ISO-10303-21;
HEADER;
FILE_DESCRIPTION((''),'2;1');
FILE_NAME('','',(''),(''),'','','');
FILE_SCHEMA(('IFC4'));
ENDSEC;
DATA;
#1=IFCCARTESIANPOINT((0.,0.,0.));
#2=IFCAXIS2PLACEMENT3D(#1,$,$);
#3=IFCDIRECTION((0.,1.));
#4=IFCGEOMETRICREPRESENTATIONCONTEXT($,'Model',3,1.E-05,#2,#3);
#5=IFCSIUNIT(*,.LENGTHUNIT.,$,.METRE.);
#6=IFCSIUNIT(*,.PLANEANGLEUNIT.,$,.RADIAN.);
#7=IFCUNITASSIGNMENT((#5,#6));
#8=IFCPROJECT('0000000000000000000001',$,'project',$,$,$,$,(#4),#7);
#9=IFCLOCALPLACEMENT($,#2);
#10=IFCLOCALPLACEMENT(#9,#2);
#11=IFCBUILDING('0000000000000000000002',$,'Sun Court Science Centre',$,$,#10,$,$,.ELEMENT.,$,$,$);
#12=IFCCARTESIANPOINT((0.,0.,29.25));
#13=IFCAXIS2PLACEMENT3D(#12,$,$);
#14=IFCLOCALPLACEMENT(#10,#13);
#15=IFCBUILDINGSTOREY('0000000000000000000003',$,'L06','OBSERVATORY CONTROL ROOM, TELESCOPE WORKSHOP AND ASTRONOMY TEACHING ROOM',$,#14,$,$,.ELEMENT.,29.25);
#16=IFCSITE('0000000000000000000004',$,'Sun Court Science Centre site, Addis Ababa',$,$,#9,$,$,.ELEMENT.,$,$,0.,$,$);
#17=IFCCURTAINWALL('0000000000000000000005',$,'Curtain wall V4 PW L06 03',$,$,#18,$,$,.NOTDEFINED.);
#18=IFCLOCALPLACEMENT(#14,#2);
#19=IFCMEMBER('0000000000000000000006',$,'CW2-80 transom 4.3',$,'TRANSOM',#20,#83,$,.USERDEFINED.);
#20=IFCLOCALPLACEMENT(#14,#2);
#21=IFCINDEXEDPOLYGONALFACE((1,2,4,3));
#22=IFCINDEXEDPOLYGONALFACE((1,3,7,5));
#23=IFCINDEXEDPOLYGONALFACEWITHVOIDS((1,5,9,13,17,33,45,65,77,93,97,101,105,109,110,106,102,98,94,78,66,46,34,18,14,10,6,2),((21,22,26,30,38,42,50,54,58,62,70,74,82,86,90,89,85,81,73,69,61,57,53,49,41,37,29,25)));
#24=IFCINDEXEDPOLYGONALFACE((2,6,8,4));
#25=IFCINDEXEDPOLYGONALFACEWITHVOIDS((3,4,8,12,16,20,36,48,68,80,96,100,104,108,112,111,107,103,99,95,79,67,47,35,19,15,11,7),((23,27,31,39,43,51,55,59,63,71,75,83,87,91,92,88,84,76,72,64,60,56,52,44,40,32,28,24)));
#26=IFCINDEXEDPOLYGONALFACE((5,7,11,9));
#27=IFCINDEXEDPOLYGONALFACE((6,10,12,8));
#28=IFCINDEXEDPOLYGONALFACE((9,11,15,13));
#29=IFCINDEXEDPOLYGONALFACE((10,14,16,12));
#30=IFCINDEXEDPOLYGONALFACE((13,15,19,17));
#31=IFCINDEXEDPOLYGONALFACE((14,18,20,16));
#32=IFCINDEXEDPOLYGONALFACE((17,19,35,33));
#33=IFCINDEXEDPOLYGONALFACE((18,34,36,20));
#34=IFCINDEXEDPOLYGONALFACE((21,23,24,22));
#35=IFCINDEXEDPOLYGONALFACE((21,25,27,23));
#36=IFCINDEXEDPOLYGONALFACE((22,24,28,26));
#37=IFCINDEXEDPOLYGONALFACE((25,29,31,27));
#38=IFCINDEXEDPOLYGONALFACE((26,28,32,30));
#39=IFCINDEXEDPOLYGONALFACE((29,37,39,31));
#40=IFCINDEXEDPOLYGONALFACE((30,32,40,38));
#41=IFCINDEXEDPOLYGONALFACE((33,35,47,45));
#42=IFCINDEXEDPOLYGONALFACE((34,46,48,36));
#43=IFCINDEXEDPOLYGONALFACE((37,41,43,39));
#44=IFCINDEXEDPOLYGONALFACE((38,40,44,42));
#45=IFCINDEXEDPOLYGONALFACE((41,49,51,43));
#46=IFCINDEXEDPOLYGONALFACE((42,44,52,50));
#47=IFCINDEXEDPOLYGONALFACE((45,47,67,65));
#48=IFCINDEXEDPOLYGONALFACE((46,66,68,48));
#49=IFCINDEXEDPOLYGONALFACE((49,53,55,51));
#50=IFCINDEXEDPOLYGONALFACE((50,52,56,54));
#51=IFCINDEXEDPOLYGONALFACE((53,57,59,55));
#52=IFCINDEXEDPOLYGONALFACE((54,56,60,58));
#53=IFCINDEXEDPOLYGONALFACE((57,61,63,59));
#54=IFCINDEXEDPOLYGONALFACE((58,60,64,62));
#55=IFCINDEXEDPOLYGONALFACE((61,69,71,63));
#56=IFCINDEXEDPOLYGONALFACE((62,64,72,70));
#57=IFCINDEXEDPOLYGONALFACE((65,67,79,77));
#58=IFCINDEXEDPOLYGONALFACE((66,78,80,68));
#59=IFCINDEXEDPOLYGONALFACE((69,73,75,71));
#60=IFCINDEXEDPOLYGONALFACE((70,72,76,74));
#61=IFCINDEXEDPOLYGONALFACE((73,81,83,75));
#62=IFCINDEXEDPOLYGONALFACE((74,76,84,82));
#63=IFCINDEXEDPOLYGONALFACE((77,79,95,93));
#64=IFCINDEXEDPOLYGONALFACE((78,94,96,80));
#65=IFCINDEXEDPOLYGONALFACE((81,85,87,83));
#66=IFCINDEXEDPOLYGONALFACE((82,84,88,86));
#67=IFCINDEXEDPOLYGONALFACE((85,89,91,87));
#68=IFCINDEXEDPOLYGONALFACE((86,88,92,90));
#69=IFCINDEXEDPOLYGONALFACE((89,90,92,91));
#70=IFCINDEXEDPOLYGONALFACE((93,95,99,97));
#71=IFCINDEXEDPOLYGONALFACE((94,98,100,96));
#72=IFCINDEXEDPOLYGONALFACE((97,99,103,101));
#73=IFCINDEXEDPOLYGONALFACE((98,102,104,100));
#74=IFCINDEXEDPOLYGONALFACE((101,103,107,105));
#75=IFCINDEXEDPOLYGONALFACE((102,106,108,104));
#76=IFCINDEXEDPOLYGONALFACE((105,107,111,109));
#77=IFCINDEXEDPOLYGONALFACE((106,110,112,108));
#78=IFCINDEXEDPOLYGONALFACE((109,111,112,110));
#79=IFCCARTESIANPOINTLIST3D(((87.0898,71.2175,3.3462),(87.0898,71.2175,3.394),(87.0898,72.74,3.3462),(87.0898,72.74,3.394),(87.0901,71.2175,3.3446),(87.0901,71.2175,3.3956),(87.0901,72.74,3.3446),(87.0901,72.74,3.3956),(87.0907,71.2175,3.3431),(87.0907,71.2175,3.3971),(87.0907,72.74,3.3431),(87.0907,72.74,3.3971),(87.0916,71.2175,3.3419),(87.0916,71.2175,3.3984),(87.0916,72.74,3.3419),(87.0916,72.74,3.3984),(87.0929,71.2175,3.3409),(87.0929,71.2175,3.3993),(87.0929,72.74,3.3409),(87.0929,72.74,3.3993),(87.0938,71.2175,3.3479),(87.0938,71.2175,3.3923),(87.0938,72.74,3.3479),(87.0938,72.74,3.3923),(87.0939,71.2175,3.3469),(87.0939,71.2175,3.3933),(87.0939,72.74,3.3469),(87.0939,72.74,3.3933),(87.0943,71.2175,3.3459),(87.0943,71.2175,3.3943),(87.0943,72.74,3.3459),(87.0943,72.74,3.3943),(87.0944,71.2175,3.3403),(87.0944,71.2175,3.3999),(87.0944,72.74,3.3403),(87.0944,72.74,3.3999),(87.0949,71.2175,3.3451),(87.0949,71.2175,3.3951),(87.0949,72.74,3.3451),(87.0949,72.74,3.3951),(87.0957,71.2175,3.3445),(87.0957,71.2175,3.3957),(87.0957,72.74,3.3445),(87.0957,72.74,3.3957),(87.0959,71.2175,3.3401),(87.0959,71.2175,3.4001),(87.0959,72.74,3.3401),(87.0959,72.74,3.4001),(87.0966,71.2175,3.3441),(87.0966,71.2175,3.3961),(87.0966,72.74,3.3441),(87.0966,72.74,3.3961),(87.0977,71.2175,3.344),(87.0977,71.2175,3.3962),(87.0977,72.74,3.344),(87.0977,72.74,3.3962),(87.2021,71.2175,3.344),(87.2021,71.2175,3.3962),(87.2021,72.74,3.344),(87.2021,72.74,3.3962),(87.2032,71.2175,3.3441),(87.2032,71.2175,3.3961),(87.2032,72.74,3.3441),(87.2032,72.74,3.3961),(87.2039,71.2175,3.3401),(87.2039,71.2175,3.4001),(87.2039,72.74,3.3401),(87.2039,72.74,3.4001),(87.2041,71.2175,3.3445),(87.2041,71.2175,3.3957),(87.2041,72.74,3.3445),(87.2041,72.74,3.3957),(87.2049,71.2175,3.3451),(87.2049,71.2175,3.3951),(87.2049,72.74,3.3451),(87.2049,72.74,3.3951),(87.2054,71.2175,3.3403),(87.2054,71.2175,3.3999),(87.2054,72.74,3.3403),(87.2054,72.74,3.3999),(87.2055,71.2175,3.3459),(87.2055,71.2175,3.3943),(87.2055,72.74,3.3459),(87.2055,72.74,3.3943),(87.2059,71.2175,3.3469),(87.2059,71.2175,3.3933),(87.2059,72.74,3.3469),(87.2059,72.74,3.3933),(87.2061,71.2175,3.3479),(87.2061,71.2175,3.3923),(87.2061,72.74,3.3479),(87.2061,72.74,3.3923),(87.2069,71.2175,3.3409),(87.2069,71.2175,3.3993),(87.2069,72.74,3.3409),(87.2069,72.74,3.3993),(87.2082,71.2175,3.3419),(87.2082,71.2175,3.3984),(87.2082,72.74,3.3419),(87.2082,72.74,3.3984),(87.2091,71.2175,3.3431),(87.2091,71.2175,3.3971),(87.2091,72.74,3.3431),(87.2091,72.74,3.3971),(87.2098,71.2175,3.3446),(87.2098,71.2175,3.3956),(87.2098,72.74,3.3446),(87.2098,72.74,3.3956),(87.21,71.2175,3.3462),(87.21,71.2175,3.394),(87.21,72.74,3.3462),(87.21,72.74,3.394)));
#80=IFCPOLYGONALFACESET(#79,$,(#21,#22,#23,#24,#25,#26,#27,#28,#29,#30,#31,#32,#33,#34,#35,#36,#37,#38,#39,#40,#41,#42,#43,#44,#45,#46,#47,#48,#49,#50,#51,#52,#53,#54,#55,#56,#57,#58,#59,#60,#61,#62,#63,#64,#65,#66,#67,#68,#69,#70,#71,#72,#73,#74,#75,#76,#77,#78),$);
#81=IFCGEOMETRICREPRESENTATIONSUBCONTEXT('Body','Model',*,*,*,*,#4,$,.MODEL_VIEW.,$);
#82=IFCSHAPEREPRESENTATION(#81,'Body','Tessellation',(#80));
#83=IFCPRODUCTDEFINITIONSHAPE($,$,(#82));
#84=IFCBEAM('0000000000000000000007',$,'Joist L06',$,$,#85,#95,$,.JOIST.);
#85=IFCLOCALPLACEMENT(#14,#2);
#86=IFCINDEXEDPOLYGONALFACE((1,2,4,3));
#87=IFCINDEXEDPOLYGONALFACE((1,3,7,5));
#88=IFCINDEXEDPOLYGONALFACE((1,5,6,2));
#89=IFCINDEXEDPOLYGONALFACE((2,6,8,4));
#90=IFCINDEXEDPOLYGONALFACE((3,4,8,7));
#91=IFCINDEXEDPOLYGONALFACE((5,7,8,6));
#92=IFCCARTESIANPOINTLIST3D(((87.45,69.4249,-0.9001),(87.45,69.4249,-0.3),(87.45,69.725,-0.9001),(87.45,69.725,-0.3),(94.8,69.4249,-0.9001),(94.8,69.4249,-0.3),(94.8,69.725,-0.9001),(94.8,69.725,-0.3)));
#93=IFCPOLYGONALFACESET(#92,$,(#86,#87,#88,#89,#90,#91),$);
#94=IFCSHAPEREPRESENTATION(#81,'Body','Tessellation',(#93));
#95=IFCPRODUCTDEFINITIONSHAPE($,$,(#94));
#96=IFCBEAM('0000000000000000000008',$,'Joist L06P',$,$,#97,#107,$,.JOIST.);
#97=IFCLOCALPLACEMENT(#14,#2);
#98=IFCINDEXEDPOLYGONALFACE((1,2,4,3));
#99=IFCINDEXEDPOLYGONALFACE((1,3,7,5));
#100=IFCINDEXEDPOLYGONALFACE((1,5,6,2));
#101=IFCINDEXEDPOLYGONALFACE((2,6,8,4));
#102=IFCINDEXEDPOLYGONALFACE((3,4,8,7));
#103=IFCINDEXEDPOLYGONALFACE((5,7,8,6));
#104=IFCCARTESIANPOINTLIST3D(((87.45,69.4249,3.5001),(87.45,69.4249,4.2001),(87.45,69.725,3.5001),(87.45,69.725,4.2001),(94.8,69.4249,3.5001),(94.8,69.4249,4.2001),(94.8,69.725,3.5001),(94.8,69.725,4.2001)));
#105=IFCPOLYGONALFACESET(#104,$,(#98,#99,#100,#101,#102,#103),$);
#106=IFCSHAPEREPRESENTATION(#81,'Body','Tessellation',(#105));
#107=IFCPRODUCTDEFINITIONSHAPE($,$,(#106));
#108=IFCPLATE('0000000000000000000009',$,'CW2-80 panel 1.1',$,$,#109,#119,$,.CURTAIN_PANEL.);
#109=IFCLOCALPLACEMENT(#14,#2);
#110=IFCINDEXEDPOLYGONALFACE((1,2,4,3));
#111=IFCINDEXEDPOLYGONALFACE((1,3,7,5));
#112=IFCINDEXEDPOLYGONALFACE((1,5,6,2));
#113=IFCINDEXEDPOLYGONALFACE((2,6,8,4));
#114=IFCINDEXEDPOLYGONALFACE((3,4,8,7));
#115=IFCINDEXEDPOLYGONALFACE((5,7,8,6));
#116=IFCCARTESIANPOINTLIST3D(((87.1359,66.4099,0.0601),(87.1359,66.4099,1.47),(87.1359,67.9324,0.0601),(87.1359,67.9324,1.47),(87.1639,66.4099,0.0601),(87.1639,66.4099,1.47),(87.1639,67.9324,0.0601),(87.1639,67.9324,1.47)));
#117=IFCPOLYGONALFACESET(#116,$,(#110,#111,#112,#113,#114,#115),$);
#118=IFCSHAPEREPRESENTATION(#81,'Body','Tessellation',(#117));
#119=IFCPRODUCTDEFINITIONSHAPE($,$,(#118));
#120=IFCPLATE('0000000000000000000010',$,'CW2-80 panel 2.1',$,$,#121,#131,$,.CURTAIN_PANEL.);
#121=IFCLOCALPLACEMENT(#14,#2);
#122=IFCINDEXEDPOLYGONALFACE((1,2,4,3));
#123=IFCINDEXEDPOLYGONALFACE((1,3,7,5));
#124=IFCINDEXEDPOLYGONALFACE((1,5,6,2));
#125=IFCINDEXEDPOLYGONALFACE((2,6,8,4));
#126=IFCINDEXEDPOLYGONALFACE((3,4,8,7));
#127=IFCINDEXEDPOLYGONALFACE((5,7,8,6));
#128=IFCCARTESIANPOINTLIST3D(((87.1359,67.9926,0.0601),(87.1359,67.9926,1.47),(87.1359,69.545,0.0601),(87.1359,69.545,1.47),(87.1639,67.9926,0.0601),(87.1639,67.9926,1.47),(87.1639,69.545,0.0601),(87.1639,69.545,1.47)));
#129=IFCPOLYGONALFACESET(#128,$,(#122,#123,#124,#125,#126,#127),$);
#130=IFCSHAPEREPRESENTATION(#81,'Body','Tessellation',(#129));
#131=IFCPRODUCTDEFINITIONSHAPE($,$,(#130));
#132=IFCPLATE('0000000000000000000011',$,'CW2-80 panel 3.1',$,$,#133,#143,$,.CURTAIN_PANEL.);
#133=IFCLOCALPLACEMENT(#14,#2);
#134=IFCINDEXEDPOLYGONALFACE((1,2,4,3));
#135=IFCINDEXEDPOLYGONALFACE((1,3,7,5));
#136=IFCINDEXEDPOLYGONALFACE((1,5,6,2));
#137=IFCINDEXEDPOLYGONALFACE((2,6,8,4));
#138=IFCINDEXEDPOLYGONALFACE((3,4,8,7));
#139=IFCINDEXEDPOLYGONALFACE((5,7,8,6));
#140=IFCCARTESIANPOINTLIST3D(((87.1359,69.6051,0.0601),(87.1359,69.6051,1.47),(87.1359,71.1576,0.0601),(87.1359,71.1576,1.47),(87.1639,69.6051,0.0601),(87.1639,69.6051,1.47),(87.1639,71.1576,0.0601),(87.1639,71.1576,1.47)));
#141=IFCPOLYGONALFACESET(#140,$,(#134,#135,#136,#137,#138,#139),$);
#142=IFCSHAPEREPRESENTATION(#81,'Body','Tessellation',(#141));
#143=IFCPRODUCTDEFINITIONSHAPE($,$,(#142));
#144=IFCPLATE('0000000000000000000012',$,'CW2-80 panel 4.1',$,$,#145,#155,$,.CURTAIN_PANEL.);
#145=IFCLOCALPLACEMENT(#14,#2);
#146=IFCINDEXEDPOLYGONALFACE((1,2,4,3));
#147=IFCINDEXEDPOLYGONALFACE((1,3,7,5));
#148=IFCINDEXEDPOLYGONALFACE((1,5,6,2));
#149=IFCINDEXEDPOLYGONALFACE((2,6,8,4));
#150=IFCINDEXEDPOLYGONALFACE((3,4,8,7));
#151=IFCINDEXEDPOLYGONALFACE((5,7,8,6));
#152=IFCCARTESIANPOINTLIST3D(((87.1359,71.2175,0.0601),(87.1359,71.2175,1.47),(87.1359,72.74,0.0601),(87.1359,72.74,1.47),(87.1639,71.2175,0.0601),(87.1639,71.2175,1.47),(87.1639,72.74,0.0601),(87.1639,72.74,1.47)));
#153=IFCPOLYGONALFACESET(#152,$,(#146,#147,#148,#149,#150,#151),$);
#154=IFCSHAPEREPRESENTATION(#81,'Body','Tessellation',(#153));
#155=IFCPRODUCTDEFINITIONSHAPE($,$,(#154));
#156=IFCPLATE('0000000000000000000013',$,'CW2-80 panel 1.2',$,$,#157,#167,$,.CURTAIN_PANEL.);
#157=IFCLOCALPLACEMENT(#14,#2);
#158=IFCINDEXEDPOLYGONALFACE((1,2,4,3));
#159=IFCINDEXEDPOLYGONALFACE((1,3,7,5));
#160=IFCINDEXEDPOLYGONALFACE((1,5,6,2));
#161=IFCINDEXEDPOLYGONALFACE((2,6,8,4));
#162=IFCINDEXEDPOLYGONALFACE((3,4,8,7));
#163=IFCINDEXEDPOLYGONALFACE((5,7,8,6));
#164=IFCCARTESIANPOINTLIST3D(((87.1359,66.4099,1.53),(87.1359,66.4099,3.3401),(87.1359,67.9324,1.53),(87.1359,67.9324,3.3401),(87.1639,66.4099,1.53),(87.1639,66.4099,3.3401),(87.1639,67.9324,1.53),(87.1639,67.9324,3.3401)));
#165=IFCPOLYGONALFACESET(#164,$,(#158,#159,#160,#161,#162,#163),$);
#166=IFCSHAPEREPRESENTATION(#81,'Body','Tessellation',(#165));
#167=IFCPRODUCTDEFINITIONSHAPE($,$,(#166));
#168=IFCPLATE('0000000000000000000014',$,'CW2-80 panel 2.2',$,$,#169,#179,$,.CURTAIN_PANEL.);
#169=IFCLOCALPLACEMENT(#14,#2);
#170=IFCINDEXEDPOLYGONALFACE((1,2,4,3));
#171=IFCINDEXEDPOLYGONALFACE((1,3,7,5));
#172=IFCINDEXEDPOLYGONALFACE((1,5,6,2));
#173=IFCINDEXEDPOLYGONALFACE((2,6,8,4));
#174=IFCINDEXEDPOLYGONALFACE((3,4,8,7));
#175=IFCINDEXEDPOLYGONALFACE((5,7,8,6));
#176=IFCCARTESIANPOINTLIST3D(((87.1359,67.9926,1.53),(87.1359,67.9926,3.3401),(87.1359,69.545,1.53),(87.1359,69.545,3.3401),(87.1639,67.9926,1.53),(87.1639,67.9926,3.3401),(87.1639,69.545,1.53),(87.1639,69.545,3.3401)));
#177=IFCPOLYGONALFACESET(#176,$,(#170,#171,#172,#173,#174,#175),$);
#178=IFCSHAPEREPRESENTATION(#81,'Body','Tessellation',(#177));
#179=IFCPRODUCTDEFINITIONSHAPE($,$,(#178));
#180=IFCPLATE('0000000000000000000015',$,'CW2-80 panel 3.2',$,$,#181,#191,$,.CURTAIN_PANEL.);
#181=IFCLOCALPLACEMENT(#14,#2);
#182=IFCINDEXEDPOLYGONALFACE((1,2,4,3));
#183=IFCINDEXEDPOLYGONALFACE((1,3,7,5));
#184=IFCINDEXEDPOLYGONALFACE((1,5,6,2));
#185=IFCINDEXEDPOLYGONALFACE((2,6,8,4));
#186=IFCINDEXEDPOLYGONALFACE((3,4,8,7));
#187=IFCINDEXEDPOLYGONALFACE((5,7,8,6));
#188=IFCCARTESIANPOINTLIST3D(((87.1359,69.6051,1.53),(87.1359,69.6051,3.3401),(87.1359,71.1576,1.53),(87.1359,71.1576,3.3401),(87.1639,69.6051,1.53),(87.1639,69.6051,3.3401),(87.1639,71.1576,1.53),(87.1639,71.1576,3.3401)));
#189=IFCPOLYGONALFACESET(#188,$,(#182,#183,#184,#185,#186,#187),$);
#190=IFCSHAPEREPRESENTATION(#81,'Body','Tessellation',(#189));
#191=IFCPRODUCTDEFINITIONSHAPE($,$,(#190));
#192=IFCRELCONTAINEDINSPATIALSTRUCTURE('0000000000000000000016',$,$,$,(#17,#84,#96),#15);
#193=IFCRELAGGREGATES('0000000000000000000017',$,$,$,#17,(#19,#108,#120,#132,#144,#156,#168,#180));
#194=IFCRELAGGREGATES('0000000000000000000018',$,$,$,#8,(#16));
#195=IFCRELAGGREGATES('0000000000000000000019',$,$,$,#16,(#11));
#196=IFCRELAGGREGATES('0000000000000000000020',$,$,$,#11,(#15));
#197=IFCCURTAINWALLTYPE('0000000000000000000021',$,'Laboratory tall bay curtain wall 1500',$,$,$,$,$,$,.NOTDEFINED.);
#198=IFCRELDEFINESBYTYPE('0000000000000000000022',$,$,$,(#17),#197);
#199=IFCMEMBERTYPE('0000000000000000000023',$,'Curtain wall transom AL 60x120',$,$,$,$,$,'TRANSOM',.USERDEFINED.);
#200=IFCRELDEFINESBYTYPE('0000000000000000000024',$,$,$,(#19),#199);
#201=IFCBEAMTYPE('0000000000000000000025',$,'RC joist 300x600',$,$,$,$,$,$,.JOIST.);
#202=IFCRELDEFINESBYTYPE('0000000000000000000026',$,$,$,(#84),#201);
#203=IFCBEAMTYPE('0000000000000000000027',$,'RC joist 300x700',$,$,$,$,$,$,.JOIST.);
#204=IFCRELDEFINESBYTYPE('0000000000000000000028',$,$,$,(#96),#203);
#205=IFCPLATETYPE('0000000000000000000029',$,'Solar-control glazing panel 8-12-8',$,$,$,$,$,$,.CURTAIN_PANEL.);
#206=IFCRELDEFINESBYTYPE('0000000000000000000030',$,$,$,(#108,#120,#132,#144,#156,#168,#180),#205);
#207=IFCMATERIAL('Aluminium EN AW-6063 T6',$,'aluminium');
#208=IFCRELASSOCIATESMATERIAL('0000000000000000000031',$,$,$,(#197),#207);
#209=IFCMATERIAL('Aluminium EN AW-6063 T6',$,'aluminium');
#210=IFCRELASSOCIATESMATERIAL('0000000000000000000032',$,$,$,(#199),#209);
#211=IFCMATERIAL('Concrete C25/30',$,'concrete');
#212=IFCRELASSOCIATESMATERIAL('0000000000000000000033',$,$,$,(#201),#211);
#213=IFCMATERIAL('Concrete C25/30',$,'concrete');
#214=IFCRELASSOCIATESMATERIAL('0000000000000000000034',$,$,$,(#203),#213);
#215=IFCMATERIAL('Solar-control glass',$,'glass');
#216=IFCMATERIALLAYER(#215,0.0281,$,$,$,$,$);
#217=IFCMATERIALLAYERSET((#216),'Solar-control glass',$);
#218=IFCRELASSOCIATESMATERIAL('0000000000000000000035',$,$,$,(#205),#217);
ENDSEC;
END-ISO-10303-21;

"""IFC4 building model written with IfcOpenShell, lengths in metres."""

from ifc_helpers import new_model, si_unit, direction, frame, origin, origin_2d, place, context, subcontext, project, spatial, rectangle, hollow_rectangle, extrude, material, layer, layer_set, material_profile, profile_set, type_object, element, aggregate, save


model = new_model("IFC4")

# Units and contexts
model_context = context("Model", 3, precision=1e-05, world=origin(), true_north=direction((0.0, 1.0)))
body_context = subcontext(model_context, "Body", "Model", "MODEL_VIEW")
ifc_project = project(units=[si_unit("LENGTHUNIT", "METRE"), si_unit("PLANEANGLEUNIT", "RADIAN")], contexts=[model_context])

# Site, building, storey
site_placement = place(None, origin())
site = spatial("IfcSite", under=ifc_project, at=site_placement, Name="Sun Court Science Centre site, Addis Ababa", CompositionType="ELEMENT", RefElevation=0.0)
building_placement = place(site_placement, origin())
building = spatial("IfcBuilding", under=site, at=building_placement, Name="Sun Court Science Centre", CompositionType="ELEMENT")
storey_placement = place(building_placement, frame((0.0, 0.0, 29.25)))
storey = spatial("IfcBuildingStorey", under=building, at=storey_placement, Name="L06", Description="OBSERVATORY CONTROL ROOM, TELESCOPE WORKSHOP AND ASTRONOMY TEACHING ROOM", CompositionType="ELEMENT", Elevation=29.25)

# Curtain wall, member
ifc_material_1 = material(Name="Aluminium EN AW-6063 T6", Category="aluminium")
curtain_wall_type = type_object("IfcCurtainWallType", Name="Laboratory tall bay curtain wall 1500", PredefinedType="NOTDEFINED", material=ifc_material_1)
curtain_wall_placement = place(storey_placement, origin())
curtain_wall = element("IfcCurtainWall", 1, at=curtain_wall_placement, inside=storey, type_object=curtain_wall_type, Name="Curtain wall V4 PW L06 03", PredefinedType="NOTDEFINED")
ifc_material_2 = material(Name="Aluminium EN AW-6063 T6", Category="aluminium")
ifc_material_profile_1 = material_profile(ifc_material_2, hollow_rectangle(XDim=0.0601, YDim=0.1201, WallThickness=0.0039, InnerFilletRadius=0.0039, OuterFilletRadius=0.0061, at=origin_2d()), Name="AL 60x120x4")
ifc_profile_set_1 = profile_set([ifc_material_profile_1], Name="Aluminium EN AW-6063 T6")
member_type_1 = type_object("IfcMemberType", Name="Curtain wall transom AL 60x120", ElementType="TRANSOM", PredefinedType="USERDEFINED", material=ifc_profile_set_1)
member_1_placement = place(storey_placement, frame((87.1499, 71.2175, 3.3701), z_axis=(0.0, 1.0, 0.0), x_axis=(0.0, 0.0, 1.0)))
member_1 = element("IfcMember", 2, at=member_1_placement, type_object=member_type_1, Name="CW2-80 transom 4.3", ObjectType="TRANSOM", PredefinedType="USERDEFINED", context=body_context, shape_type="SweptSolid", body=[
    extrude(hollow_rectangle(XDim=0.0601, YDim=0.1201, WallThickness=0.0039, InnerFilletRadius=0.0039, OuterFilletRadius=0.0061, at=origin_2d()), origin(), (0.0, 0.0, 1.0), 1.5225),
])

# Beams
ifc_material_3 = material(Name="Concrete C25/30", Category="concrete")
ifc_material_profile_2 = material_profile(ifc_material_3, rectangle(XDim=0.3, YDim=0.6001, at=origin_2d()), Name="RC 300x600")
ifc_profile_set_2 = profile_set([ifc_material_profile_2], Name="Concrete C25/30")
beam_type_1 = type_object("IfcBeamType", Name="RC joist 300x600", PredefinedType="JOIST", material=ifc_profile_set_2)
beam_1_placement = place(storey_placement, frame((87.45, 69.575, -0.6001), z_axis=(1.0, 0.0, 0.0), x_axis=(0.0, 1.0, 0.0)))
element("IfcBeam", 3, at=beam_1_placement, inside=storey, type_object=beam_type_1, Name="Joist L06", PredefinedType="JOIST", context=body_context, shape_type="SweptSolid", body=[
    extrude(rectangle(XDim=0.3, YDim=0.6001, at=origin_2d()), origin(), (0.0, 0.0, 1.0), 7.3501),
])
ifc_material_4 = material(Name="Concrete C25/30", Category="concrete")
ifc_material_profile_3 = material_profile(ifc_material_4, rectangle(XDim=0.3, YDim=0.7, at=origin_2d()), Name="RC 300x700")
ifc_profile_set_3 = profile_set([ifc_material_profile_3], Name="Concrete C25/30")
beam_type_2 = type_object("IfcBeamType", Name="RC joist 300x700", PredefinedType="JOIST", material=ifc_profile_set_3)
beam_2_placement = place(storey_placement, frame((87.45, 69.575, 3.8501), z_axis=(1.0, 0.0, 0.0), x_axis=(0.0, 1.0, 0.0)))
element("IfcBeam", 4, at=beam_2_placement, inside=storey, type_object=beam_type_2, Name="Joist L06P", PredefinedType="JOIST", context=body_context, shape_type="SweptSolid", body=[
    extrude(rectangle(XDim=0.3, YDim=0.7, at=origin_2d()), origin(), (0.0, 0.0, 1.0), 7.3501),
])

# Plates
ifc_material_5 = material(Name="Solar-control glass", Category="glass")
ifc_layer = layer(ifc_material_5, 0.0281)
ifc_layer_set = layer_set([ifc_layer], Name="Solar-control glass")
plate_type = type_object("IfcPlateType", Name="Solar-control glazing panel 8-12-8", PredefinedType="CURTAIN_PANEL", material=ifc_layer_set)
plate_1_placement = place(storey_placement, frame((87.1499, 67.1711, 0.0601), z_axis=(0.0, 0.0, 1.0), x_axis=(0.0, 1.0, 0.0)))
plate_1 = element("IfcPlate", 5, at=plate_1_placement, type_object=plate_type, Name="CW2-80 panel 1.1", PredefinedType="CURTAIN_PANEL", context=body_context, shape_type="SweptSolid", body=[
    extrude(rectangle(XDim=1.5225, YDim=0.0281, at=origin_2d()), origin(), (0.0, 0.0, 1.0), 1.4099),
])
plate_2_placement = place(storey_placement, frame((87.1499, 68.7688, 0.0601), z_axis=(0.0, 0.0, 1.0), x_axis=(0.0, 1.0, 0.0)))
plate_2 = element("IfcPlate", 6, at=plate_2_placement, type_object=plate_type, Name="CW2-80 panel 2.1", PredefinedType="CURTAIN_PANEL", context=body_context, shape_type="SweptSolid", body=[
    extrude(rectangle(XDim=1.5525, YDim=0.0281, at=origin_2d()), origin(), (0.0, 0.0, 1.0), 1.4099),
])
plate_3_placement = place(storey_placement, frame((87.1499, 70.3813, 0.0601), z_axis=(0.0, 0.0, 1.0), x_axis=(0.0, 1.0, 0.0)))
plate_3 = element("IfcPlate", 7, at=plate_3_placement, type_object=plate_type, Name="CW2-80 panel 3.1", PredefinedType="CURTAIN_PANEL", context=body_context, shape_type="SweptSolid", body=[
    extrude(rectangle(XDim=1.5525, YDim=0.0281, at=origin_2d()), origin(), (0.0, 0.0, 1.0), 1.4099),
])
plate_4_placement = place(storey_placement, frame((87.1499, 71.9788, 0.0601), z_axis=(0.0, 0.0, 1.0), x_axis=(0.0, 1.0, 0.0)))
plate_4 = element("IfcPlate", 8, at=plate_4_placement, type_object=plate_type, Name="CW2-80 panel 4.1", PredefinedType="CURTAIN_PANEL", context=body_context, shape_type="SweptSolid", body=[
    extrude(rectangle(XDim=1.5225, YDim=0.0281, at=origin_2d()), origin(), (0.0, 0.0, 1.0), 1.4099),
])
plate_5_placement = place(storey_placement, frame((87.1499, 67.1711, 1.53), z_axis=(0.0, 0.0, 1.0), x_axis=(0.0, 1.0, 0.0)))
plate_5 = element("IfcPlate", 9, at=plate_5_placement, type_object=plate_type, Name="CW2-80 panel 1.2", PredefinedType="CURTAIN_PANEL", context=body_context, shape_type="SweptSolid", body=[
    extrude(rectangle(XDim=1.5225, YDim=0.0281, at=origin_2d()), origin(), (0.0, 0.0, 1.0), 1.8101),
])
plate_6_placement = place(storey_placement, frame((87.1499, 68.7688, 1.53), z_axis=(0.0, 0.0, 1.0), x_axis=(0.0, 1.0, 0.0)))
plate_6 = element("IfcPlate", 10, at=plate_6_placement, type_object=plate_type, Name="CW2-80 panel 2.2", PredefinedType="CURTAIN_PANEL", context=body_context, shape_type="SweptSolid", body=[
    extrude(rectangle(XDim=1.5525, YDim=0.0281, at=origin_2d()), origin(), (0.0, 0.0, 1.0), 1.8101),
])
plate_7_placement = place(storey_placement, frame((87.1499, 70.3813, 1.53), z_axis=(0.0, 0.0, 1.0), x_axis=(0.0, 1.0, 0.0)))
plate_7 = element("IfcPlate", 11, at=plate_7_placement, type_object=plate_type, Name="CW2-80 panel 3.2", PredefinedType="CURTAIN_PANEL", context=body_context, shape_type="SweptSolid", body=[
    extrude(rectangle(XDim=1.5525, YDim=0.0281, at=origin_2d()), origin(), (0.0, 0.0, 1.0), 1.8101),
])
aggregate(curtain_wall, [member_1, plate_1, plate_2, plate_3, plate_4, plate_5, plate_6, plate_7])

save(model, "model.ifc")
